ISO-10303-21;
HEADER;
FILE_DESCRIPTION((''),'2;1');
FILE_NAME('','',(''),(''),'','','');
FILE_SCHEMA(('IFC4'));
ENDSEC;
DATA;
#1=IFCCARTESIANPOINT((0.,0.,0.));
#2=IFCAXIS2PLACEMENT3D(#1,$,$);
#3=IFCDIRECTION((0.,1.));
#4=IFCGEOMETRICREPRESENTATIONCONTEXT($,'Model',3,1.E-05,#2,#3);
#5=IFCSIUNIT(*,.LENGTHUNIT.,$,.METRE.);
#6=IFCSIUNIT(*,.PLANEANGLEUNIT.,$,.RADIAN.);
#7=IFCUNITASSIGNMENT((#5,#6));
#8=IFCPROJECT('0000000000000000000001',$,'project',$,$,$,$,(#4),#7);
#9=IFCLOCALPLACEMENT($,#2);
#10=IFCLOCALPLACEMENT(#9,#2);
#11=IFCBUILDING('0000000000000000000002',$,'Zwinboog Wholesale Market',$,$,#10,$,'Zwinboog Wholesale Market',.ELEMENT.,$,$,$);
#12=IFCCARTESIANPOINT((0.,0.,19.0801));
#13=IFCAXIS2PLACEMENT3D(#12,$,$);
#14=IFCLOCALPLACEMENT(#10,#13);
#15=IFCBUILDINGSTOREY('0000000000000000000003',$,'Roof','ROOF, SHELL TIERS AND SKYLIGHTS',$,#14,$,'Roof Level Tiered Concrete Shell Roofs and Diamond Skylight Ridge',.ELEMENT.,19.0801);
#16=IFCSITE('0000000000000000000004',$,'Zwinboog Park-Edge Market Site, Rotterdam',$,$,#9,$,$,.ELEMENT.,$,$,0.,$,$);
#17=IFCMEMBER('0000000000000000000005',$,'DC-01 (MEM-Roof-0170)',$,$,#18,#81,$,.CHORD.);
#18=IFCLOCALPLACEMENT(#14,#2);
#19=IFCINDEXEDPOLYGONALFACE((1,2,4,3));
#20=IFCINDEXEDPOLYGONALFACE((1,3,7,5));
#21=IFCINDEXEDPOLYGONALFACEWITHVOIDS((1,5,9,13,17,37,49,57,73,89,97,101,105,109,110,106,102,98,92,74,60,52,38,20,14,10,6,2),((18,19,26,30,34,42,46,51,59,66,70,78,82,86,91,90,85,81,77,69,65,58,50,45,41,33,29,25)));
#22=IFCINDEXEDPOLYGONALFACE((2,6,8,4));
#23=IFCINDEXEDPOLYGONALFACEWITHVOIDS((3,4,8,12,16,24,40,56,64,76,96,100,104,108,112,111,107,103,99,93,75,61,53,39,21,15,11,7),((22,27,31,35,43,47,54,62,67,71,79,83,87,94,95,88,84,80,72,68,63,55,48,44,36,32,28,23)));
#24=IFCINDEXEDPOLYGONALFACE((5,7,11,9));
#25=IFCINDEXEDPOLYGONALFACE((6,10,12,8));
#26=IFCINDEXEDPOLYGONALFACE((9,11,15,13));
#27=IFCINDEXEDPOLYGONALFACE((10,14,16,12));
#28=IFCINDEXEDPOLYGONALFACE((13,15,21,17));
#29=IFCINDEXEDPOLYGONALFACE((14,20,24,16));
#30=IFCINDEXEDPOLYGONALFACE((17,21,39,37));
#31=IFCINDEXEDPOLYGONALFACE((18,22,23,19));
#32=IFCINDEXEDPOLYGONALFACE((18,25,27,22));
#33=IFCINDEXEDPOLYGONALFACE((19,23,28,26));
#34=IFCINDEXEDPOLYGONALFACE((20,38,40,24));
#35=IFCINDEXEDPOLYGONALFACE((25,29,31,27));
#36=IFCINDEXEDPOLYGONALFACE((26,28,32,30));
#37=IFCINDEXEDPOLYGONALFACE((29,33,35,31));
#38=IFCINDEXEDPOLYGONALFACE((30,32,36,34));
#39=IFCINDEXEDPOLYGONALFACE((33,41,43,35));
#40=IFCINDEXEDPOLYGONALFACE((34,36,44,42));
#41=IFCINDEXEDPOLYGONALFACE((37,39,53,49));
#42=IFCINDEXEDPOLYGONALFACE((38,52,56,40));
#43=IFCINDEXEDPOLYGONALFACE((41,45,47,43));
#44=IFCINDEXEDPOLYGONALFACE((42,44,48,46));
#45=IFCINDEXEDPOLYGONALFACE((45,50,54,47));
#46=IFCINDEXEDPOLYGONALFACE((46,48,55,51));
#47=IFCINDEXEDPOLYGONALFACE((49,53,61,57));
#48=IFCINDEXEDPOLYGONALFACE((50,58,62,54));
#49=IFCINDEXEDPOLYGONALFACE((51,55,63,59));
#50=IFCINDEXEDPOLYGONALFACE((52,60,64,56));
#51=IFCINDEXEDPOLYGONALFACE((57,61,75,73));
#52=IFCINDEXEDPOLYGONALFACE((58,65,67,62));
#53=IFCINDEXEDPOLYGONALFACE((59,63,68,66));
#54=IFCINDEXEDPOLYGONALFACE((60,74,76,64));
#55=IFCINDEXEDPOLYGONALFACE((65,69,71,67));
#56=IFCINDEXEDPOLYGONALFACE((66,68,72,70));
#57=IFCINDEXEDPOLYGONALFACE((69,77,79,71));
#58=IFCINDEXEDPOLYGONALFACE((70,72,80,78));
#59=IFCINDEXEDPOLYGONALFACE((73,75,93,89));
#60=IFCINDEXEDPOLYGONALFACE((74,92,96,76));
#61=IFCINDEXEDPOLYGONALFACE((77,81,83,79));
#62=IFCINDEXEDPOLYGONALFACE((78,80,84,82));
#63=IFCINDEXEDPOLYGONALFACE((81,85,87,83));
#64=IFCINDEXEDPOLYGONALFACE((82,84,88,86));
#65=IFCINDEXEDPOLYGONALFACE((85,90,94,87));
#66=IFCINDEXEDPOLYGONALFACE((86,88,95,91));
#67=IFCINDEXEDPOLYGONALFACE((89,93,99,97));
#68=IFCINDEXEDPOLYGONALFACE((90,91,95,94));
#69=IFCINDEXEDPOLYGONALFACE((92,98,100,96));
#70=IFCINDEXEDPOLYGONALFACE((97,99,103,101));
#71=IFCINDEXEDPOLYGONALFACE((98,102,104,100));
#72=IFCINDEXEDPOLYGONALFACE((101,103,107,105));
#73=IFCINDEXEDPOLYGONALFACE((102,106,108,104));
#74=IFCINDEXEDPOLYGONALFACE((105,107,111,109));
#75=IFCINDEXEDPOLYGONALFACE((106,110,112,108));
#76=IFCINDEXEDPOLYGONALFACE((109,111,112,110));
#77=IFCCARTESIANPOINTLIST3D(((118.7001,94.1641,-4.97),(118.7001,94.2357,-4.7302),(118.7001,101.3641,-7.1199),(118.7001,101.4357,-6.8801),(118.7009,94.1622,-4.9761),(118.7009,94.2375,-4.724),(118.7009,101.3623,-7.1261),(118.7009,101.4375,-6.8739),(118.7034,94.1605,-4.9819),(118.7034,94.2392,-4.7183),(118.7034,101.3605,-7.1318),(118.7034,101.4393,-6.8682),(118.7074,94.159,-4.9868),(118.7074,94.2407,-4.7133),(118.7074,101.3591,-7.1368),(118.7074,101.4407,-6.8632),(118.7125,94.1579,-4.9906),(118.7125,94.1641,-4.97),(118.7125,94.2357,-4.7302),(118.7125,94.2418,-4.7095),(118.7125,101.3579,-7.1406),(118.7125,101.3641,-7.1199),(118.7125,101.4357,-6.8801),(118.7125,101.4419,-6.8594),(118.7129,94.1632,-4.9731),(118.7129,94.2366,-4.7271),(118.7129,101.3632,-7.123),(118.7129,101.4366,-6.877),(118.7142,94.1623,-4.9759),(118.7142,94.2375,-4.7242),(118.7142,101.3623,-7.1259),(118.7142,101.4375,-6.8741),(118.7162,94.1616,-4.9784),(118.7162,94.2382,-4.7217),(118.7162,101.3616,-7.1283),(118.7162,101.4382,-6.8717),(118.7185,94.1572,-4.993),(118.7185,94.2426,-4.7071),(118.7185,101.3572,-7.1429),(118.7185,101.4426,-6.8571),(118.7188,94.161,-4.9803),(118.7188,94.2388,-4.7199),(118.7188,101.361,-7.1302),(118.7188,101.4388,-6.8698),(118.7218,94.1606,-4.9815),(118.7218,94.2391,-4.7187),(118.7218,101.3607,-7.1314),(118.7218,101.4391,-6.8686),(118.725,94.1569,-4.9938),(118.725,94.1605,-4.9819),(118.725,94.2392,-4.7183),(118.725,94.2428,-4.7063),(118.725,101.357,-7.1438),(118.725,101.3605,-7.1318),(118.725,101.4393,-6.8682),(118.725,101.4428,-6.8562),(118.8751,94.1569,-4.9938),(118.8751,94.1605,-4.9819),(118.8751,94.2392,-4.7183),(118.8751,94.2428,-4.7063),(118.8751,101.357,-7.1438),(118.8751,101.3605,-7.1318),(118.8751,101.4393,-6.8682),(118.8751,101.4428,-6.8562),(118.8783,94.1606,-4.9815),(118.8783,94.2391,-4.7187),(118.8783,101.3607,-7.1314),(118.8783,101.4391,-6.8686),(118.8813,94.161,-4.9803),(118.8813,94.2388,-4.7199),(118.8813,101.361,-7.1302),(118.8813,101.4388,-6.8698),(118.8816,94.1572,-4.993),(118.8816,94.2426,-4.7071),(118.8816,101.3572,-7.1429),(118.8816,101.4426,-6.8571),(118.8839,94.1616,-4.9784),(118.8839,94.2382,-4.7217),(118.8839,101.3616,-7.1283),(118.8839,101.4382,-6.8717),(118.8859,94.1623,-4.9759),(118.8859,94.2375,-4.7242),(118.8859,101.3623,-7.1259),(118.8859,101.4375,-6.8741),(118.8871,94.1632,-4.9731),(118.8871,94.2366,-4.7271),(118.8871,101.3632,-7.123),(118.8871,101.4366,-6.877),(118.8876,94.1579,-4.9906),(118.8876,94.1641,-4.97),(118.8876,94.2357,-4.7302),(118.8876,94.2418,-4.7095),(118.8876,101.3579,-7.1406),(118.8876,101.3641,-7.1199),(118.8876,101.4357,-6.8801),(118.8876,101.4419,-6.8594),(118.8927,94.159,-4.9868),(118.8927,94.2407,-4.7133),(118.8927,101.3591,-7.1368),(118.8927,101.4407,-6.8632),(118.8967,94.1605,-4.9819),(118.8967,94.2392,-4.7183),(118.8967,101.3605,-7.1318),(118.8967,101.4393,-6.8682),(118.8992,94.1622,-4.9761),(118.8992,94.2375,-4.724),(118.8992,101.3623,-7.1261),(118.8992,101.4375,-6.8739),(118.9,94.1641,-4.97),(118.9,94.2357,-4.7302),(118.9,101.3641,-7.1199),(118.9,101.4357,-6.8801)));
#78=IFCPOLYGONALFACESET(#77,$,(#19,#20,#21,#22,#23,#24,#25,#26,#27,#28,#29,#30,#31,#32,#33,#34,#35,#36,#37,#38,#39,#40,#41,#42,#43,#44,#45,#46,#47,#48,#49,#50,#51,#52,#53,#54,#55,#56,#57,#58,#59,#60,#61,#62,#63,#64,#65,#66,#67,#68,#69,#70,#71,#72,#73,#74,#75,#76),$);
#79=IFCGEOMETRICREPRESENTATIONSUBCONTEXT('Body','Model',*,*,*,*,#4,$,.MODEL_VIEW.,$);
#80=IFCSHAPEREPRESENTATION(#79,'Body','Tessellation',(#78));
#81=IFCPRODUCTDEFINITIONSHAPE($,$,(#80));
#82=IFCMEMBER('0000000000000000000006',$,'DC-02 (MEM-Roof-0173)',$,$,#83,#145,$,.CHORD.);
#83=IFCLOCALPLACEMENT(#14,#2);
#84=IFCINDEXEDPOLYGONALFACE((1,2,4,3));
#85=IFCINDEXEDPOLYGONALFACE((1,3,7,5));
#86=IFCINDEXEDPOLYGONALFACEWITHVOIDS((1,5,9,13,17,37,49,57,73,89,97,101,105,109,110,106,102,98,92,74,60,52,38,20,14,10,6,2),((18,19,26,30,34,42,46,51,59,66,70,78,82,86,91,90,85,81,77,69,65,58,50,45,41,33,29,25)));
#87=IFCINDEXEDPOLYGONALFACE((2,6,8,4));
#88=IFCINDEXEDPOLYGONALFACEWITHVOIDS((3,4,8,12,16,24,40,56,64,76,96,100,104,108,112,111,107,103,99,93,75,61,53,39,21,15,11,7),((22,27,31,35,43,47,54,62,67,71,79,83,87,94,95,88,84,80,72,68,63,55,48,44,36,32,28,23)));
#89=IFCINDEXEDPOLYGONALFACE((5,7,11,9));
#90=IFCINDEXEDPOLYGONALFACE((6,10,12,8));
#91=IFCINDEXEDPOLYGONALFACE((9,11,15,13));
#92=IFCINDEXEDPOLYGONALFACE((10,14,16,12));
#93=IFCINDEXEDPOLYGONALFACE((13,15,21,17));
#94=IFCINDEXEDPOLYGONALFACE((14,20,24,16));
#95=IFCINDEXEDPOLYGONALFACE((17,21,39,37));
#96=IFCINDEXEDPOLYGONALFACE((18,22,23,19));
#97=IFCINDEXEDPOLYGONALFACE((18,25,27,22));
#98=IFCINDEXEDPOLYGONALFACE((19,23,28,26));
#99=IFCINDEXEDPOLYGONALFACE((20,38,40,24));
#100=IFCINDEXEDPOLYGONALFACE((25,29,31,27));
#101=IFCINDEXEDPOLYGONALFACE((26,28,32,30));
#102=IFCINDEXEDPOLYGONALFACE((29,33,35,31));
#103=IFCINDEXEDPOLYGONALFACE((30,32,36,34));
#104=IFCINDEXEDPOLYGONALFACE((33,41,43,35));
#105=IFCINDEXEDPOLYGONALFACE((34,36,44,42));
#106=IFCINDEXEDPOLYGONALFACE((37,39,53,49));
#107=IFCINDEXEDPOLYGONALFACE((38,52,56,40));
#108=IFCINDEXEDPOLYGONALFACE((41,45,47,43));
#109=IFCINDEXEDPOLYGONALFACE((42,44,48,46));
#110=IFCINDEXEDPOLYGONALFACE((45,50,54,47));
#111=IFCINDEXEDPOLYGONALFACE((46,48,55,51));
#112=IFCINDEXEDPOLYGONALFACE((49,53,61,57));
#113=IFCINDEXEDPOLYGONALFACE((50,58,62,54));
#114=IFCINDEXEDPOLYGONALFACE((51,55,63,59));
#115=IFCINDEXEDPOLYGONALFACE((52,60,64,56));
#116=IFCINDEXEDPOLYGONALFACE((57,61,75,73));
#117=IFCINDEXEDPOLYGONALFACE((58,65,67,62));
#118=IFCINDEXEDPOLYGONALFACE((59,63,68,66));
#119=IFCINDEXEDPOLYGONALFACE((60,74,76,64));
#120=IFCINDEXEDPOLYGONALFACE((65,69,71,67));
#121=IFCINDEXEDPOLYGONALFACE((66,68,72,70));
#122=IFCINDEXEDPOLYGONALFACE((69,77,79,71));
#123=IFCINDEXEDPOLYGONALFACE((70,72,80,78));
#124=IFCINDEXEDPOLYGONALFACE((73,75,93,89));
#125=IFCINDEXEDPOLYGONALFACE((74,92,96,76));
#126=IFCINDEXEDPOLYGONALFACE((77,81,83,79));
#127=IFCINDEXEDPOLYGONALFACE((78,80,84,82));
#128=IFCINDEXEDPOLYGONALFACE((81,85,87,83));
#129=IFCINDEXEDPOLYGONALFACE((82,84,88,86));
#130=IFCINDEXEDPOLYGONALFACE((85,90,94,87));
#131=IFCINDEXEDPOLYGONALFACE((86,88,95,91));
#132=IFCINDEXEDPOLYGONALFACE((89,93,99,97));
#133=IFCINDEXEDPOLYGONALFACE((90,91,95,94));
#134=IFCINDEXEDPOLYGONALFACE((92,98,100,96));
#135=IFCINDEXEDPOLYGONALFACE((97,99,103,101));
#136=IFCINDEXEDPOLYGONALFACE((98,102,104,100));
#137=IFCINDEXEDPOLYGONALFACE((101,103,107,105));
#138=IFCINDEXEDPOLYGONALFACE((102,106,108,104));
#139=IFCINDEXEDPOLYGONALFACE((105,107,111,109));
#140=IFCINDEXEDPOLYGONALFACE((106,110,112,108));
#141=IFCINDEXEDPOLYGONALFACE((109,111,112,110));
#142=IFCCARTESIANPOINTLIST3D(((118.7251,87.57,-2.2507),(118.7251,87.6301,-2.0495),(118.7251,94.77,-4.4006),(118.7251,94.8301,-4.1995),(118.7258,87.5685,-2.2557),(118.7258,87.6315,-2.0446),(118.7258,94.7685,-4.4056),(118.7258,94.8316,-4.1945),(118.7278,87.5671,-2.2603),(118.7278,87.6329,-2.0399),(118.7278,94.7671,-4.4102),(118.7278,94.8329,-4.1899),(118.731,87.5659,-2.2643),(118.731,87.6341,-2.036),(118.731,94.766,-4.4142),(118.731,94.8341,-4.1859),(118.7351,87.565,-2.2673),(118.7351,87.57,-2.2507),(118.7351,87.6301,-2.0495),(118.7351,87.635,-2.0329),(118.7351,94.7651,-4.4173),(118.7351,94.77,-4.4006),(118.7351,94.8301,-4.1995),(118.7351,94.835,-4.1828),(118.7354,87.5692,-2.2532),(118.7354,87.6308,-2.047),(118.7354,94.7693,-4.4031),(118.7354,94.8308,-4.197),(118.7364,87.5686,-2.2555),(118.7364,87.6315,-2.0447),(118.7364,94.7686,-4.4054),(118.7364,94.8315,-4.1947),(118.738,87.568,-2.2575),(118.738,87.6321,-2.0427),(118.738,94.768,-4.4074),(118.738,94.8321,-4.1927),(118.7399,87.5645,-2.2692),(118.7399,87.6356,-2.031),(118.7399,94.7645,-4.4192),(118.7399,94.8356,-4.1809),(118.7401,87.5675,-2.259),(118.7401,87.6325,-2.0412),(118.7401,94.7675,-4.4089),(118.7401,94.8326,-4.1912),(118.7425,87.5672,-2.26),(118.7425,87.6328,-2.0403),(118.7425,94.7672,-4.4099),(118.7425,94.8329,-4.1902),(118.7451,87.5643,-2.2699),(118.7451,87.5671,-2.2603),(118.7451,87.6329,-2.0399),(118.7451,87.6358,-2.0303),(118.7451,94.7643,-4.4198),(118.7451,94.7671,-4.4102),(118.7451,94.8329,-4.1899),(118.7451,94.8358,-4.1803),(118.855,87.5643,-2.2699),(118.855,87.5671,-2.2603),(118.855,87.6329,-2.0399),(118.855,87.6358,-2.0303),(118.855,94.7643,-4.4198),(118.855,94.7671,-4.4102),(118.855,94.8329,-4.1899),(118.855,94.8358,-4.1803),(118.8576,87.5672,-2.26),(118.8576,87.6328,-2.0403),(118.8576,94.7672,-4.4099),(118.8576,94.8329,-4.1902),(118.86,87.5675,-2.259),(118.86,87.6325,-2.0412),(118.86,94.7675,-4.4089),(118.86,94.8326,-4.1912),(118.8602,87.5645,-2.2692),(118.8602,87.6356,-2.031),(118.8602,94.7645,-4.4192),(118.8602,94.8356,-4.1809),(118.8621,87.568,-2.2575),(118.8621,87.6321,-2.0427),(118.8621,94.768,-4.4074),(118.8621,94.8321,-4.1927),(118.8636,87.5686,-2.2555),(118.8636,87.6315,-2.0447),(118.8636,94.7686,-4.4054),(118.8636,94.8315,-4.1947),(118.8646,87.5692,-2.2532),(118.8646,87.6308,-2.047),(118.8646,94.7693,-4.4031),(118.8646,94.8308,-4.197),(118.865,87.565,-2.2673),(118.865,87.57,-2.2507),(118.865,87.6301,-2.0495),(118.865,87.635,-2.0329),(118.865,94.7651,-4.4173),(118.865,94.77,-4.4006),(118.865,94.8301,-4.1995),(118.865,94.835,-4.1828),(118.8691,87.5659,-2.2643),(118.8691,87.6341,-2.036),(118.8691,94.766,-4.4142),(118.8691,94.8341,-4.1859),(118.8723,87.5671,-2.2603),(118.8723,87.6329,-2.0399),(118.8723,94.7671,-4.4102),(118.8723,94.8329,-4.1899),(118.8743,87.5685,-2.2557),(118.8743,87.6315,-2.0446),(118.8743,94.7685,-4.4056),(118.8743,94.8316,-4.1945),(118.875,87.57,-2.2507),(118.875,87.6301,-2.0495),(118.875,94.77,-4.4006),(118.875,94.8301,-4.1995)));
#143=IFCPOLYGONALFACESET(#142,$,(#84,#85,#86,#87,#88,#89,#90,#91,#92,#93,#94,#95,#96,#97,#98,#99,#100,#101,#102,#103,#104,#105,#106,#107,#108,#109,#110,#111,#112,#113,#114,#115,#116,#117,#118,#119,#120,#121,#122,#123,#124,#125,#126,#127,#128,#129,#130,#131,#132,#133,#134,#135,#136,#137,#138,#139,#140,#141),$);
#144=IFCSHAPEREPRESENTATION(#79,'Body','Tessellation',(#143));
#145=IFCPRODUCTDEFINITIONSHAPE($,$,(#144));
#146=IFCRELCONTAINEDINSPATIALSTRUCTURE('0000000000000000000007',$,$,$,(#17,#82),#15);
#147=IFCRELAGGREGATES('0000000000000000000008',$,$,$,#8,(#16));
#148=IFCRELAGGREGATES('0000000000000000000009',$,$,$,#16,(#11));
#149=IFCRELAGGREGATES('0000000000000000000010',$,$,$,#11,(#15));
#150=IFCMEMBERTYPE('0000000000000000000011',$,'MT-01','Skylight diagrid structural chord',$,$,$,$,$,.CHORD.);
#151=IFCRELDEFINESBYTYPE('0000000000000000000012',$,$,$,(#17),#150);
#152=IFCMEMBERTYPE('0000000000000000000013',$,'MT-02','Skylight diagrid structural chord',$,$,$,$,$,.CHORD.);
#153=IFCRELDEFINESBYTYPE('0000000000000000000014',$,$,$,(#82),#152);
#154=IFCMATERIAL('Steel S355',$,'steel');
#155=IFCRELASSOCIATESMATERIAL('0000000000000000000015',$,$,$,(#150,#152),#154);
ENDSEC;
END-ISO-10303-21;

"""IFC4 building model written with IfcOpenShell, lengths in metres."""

from ifc_helpers import new_model, si_unit, direction, frame, origin, origin_2d, place, context, subcontext, project, spatial, hollow_rectangle, extrude, material, material_profile, profile_set, type_object, element, save


model = new_model("IFC4")

# Units and contexts
model_context = context("Model", 3, precision=1e-05, world=origin(), true_north=direction((0.0, 1.0)))
body_context = subcontext(model_context, "Body", "Model", "MODEL_VIEW")
ifc_project = project(units=[si_unit("LENGTHUNIT", "METRE"), si_unit("PLANEANGLEUNIT", "RADIAN")], contexts=[model_context])

# Site, building, storey
site_placement = place(None, origin())
site = spatial("IfcSite", under=ifc_project, at=site_placement, Name="Zwinboog Park-Edge Market Site, Rotterdam", CompositionType="ELEMENT", RefElevation=0.0)
building_placement = place(site_placement, origin())
building = spatial("IfcBuilding", under=site, at=building_placement, Name="Zwinboog Wholesale Market", LongName="Zwinboog Wholesale Market", CompositionType="ELEMENT")
storey_placement = place(building_placement, frame((0.0, 0.0, 19.0801)))
storey = spatial("IfcBuildingStorey", under=building, at=storey_placement, Name="Roof", Description="ROOF, SHELL TIERS AND SKYLIGHTS", LongName="Roof Level Tiered Concrete Shell Roofs and Diamond Skylight Ridge", CompositionType="ELEMENT", Elevation=19.0801)

# Members
ifc_material_1 = material(Name="Steel S355", Category="steel")
ifc_material_profile_1 = material_profile(ifc_material_1, hollow_rectangle(XDim=0.2, YDim=0.3, WallThickness=0.0125, InnerFilletRadius=0.0125, OuterFilletRadius=0.0249, at=origin_2d()), Name="RHS 300x200x12.5")
ifc_profile_set_1 = profile_set([ifc_material_profile_1], Name="Steel S355")
member_type_1 = type_object("IfcMemberType", Name="MT-01", Description="Skylight diagrid structural chord", PredefinedType="CHORD", material=ifc_profile_set_1)
for number, where, z_axis, x_axis, name in (
    (1, (118.8, 101.3999, -7.0), (0.0, -0.958195, 0.286117), (1.0, 0.0, 0.0), "DC-01 (MEM-Roof-0170)"),
):
    element("IfcMember", number, at=place(storey_placement, frame(where, z_axis=z_axis, x_axis=x_axis)), inside=storey, type_object=member_type_1, Name=name, PredefinedType="CHORD", context=body_context, shape_type="SweptSolid", body=[
        extrude(hollow_rectangle(XDim=0.2, YDim=0.3, WallThickness=0.0125, InnerFilletRadius=0.0125, OuterFilletRadius=0.0249, at=origin_2d()), origin(), (0.0, 0.0, 1.0), 7.5142),
    ])
ifc_material_profile_2 = material_profile(ifc_material_1, hollow_rectangle(XDim=0.1499, YDim=0.25, WallThickness=0.01, InnerFilletRadius=0.01, OuterFilletRadius=0.02, at=origin_2d()), Name="RHS 250x150x10")
ifc_profile_set_2 = profile_set([ifc_material_profile_2], Name="Steel S355")
member_type_2 = type_object("IfcMemberType", Name="MT-02", Description="Skylight diagrid structural chord", PredefinedType="CHORD", material=ifc_profile_set_2)
member_1_placement = place(storey_placement, frame((118.8, 94.8, -4.3), z_axis=(0.0, -0.958195, 0.286117), x_axis=(1.0, 0.0, 0.0)))
element("IfcMember", 2, at=member_1_placement, inside=storey, type_object=member_type_2, Name="DC-02 (MEM-Roof-0173)", PredefinedType="CHORD", context=body_context, shape_type="SweptSolid", body=[
    extrude(hollow_rectangle(XDim=0.1499, YDim=0.25, WallThickness=0.01, InnerFilletRadius=0.01, OuterFilletRadius=0.02, at=origin_2d()), origin(), (0.0, 0.0, 1.0), 7.5142),
])

save(model, "model.ifc")
